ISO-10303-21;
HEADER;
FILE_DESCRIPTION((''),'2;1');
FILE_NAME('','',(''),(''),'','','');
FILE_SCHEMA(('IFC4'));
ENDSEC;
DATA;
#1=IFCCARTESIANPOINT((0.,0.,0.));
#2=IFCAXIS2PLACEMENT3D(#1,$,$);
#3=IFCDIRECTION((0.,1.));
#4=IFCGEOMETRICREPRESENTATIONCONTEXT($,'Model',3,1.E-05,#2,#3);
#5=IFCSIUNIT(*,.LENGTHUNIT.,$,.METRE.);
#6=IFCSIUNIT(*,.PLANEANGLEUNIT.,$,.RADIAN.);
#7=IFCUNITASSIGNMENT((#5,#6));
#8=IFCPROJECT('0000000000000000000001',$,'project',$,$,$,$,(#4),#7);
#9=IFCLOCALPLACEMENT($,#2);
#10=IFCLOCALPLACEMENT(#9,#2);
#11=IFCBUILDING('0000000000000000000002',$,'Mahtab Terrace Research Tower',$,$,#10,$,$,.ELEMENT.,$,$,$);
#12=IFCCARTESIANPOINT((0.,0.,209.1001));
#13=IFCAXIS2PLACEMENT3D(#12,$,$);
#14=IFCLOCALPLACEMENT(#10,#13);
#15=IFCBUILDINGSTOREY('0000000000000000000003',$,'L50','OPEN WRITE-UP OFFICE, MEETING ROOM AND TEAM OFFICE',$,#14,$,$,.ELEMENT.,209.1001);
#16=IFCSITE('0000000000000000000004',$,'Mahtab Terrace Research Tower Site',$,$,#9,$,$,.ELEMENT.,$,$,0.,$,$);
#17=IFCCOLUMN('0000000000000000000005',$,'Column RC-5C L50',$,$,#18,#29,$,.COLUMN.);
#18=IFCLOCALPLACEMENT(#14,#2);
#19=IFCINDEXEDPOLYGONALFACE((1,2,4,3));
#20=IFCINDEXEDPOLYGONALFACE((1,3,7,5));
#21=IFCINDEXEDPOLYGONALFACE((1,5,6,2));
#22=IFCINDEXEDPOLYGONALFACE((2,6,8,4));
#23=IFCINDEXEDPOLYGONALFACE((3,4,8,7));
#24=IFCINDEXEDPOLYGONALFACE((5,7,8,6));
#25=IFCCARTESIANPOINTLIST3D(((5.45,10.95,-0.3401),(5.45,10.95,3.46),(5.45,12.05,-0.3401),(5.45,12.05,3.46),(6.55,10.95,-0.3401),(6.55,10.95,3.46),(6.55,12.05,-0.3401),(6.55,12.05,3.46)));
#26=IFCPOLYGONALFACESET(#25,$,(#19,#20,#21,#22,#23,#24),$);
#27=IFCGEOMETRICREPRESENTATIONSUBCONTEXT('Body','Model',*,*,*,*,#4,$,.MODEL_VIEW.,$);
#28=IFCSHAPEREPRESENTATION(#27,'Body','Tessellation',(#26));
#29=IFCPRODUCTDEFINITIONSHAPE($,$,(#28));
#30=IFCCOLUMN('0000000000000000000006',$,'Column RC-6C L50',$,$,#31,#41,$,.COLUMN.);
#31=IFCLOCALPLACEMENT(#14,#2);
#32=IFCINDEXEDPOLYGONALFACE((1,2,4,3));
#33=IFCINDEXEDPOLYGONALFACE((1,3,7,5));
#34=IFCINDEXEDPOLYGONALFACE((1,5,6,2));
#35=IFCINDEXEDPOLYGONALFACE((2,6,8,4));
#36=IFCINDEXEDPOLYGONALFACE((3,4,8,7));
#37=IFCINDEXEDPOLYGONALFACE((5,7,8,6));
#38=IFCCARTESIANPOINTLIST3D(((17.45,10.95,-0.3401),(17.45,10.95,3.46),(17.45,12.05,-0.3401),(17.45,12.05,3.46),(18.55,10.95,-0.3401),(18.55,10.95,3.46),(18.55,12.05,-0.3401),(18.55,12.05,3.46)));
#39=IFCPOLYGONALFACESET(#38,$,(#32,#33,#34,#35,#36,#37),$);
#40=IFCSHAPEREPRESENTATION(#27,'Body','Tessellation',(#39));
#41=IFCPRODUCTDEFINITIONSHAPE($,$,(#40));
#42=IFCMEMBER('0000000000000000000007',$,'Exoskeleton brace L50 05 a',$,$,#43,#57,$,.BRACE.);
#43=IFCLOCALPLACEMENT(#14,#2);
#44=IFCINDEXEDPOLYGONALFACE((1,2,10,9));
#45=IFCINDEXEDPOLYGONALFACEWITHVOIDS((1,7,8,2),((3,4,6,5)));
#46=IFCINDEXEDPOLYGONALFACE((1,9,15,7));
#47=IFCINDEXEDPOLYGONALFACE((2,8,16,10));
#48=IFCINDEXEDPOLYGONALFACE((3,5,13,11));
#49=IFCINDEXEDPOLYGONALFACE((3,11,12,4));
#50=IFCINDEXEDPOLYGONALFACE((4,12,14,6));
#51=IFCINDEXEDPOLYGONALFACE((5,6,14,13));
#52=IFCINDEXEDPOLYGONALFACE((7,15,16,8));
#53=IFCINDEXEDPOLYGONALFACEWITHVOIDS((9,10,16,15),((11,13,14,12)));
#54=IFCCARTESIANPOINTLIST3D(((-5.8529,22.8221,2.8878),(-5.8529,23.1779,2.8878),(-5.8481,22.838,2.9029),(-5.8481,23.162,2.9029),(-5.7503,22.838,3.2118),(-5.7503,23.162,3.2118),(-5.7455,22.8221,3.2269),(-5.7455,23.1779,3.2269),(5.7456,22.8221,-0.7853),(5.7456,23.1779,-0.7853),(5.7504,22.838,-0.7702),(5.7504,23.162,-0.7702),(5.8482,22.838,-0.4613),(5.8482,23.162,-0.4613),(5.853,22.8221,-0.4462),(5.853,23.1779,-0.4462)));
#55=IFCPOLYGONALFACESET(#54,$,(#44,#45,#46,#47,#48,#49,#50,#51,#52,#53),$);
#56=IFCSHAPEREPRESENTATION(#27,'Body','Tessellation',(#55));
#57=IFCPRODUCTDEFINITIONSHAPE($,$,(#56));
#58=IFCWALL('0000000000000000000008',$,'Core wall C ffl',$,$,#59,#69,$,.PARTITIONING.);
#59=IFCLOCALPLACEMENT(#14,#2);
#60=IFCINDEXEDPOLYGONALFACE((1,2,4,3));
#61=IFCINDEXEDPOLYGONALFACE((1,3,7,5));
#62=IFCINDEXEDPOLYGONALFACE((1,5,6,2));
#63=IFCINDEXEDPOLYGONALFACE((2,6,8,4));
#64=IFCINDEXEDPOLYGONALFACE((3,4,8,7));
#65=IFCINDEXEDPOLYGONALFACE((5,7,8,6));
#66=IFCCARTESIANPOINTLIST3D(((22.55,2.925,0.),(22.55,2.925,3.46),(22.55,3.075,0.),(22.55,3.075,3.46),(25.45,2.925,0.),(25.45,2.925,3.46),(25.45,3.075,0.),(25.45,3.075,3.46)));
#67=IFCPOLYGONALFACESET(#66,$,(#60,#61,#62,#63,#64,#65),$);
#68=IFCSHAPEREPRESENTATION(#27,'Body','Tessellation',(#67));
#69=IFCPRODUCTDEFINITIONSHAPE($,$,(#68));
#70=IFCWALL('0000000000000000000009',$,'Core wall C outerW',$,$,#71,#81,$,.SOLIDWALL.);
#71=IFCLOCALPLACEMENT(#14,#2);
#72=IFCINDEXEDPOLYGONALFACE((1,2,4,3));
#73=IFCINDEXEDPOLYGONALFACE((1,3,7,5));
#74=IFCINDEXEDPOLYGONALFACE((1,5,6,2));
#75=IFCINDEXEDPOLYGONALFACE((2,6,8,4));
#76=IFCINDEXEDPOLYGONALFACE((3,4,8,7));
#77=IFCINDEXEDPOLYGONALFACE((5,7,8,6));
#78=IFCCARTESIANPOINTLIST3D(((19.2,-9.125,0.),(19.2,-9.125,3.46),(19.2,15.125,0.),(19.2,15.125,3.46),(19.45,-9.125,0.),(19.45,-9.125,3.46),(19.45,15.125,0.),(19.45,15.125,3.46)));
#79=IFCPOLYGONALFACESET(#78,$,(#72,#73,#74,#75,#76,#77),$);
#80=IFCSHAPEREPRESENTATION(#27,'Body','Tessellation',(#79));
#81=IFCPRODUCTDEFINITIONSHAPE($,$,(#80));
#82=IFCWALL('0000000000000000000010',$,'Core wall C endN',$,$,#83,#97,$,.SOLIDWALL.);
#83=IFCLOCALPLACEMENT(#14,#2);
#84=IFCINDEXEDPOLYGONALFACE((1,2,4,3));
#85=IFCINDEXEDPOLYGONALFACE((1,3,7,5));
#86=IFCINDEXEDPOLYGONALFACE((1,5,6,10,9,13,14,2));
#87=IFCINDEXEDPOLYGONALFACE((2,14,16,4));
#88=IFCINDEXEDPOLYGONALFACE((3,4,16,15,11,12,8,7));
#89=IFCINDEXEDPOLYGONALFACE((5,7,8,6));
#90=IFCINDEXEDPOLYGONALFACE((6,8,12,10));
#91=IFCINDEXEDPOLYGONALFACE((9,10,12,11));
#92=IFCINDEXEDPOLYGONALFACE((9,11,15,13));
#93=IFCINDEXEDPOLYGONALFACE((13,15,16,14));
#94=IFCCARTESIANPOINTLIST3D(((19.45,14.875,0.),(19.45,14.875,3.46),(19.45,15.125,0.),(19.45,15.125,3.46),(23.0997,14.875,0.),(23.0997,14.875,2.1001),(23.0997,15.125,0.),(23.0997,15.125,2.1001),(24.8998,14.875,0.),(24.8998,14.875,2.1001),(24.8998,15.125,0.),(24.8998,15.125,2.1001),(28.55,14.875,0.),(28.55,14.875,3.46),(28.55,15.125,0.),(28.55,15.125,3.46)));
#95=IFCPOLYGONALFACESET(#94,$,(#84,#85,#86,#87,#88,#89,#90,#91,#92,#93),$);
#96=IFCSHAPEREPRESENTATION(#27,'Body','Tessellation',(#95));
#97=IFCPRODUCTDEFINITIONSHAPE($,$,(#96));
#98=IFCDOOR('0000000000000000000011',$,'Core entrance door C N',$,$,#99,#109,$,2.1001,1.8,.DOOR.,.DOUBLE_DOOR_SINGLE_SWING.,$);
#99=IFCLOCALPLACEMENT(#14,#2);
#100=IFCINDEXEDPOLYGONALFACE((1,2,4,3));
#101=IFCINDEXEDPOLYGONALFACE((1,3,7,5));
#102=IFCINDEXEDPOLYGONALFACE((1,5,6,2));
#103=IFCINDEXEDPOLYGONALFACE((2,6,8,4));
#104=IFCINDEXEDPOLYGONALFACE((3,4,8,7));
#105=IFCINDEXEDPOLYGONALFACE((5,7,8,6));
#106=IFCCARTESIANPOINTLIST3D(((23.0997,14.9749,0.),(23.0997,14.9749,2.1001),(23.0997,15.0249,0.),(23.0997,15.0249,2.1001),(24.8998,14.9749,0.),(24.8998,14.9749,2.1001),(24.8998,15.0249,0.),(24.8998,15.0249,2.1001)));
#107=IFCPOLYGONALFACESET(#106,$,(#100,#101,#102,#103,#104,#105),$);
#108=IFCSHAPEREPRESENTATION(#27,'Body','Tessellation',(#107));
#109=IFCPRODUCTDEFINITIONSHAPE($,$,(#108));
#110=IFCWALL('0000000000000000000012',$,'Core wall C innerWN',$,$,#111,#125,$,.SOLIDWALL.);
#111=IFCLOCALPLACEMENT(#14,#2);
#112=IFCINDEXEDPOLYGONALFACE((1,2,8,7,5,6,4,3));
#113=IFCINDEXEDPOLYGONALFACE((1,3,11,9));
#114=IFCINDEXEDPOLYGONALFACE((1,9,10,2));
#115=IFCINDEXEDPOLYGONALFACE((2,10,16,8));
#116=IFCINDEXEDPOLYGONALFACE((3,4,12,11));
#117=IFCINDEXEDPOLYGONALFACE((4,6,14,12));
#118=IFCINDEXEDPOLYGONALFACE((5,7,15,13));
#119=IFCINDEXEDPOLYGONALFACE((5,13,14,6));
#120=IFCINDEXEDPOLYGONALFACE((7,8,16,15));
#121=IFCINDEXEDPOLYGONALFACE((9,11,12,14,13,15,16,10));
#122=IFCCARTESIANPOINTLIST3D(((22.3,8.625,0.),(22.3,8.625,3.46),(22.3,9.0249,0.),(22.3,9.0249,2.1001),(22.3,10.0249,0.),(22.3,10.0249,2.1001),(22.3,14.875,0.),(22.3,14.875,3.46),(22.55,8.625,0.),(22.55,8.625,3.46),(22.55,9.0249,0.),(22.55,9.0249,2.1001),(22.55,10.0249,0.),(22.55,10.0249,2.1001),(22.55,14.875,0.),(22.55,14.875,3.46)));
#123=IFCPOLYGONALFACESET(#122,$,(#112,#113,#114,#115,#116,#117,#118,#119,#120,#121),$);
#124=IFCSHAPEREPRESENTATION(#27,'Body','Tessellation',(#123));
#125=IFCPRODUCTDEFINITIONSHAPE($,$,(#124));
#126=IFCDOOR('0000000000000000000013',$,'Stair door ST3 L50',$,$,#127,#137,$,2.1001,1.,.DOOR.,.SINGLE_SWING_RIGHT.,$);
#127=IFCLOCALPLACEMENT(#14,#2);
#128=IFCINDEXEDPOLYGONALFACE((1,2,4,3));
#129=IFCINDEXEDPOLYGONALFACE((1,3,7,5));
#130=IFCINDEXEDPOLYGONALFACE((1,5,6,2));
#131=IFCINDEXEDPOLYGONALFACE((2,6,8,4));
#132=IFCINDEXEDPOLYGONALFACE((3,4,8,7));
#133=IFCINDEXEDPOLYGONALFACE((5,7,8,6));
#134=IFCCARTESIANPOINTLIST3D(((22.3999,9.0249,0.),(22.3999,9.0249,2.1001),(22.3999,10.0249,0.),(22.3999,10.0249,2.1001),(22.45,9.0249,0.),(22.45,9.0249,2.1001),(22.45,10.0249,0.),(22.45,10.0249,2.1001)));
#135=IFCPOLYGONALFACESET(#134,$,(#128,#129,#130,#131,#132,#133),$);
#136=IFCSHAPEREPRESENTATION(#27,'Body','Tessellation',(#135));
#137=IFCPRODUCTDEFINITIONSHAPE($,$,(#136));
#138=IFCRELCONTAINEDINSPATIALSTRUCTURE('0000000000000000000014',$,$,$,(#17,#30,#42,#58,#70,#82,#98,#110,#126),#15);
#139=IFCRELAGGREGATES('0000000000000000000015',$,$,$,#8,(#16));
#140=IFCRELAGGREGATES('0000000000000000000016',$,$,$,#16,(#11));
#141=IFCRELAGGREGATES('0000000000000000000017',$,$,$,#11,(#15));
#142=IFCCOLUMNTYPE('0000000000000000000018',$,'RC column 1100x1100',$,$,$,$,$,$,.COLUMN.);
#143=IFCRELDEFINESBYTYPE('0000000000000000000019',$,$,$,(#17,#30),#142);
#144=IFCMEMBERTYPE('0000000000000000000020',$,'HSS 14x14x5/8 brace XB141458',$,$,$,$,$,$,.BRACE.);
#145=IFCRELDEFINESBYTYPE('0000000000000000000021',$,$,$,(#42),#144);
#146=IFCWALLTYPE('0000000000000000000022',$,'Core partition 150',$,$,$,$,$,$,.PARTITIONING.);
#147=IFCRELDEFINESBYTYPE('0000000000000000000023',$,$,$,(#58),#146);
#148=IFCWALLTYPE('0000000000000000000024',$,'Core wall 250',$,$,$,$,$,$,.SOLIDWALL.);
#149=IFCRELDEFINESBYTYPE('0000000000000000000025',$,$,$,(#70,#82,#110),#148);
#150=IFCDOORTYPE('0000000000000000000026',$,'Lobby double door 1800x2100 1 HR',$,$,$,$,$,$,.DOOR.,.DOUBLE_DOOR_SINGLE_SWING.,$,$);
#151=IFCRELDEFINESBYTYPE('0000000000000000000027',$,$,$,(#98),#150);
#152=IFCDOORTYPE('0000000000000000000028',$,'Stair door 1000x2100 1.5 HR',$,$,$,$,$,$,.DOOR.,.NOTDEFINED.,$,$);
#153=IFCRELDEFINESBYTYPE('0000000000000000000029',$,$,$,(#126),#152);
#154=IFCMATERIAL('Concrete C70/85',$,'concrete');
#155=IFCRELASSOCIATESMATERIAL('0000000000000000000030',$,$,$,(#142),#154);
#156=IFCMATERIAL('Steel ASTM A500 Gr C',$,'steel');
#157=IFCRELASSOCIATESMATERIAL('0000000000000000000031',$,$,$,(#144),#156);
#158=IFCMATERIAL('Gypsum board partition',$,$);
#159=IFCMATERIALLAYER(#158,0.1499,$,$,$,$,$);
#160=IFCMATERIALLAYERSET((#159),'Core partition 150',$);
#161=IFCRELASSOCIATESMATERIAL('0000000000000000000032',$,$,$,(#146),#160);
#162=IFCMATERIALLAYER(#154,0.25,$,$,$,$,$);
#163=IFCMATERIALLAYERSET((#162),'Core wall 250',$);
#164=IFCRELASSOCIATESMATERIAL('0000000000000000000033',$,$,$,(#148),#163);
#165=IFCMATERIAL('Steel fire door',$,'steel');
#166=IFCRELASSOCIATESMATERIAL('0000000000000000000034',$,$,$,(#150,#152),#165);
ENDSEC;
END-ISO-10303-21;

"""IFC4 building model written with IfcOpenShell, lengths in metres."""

from ifc_helpers import new_model, si_unit, direction, frame, frame_2d, origin, origin_2d, place, context, subcontext, project, spatial, rectangle, hollow_rectangle, extrude, material, layer, layer_set, material_profile, profile_set, type_object, element, fill, save


model = new_model("IFC4")

# Units and contexts
model_context = context("Model", 3, precision=1e-05, world=origin(), true_north=direction((0.0, 1.0)))
body_context = subcontext(model_context, "Body", "Model", "MODEL_VIEW")
ifc_project = project(units=[si_unit("LENGTHUNIT", "METRE"), si_unit("PLANEANGLEUNIT", "RADIAN")], contexts=[model_context])

# Site, building, storey
site_placement = place(None, origin())
site = spatial("IfcSite", under=ifc_project, at=site_placement, Name="Mahtab Terrace Research Tower Site", CompositionType="ELEMENT", RefElevation=0.0)
building_placement = place(site_placement, origin())
building = spatial("IfcBuilding", under=site, at=building_placement, Name="Mahtab Terrace Research Tower", CompositionType="ELEMENT")
storey_placement = place(building_placement, frame((0.0, 0.0, 209.1001)))
storey = spatial("IfcBuildingStorey", under=building, at=storey_placement, Name="L50", Description="OPEN WRITE-UP OFFICE, MEETING ROOM AND TEAM OFFICE", CompositionType="ELEMENT", Elevation=209.1001)

# Columns
ifc_material_1 = material(Name="Concrete C70/85", Category="concrete")
ifc_material_profile_1 = material_profile(ifc_material_1, rectangle(XDim=1.1001, YDim=1.1001, at=origin_2d()), Name="RC column 1100x1100")
ifc_profile_set_1 = profile_set([ifc_material_profile_1], Name="Concrete C70/85")
column_type = type_object("IfcColumnType", Name="RC column 1100x1100", PredefinedType="COLUMN", material=ifc_profile_set_1)
for number, where, z_axis, x_axis, name in (
    (1, (6.0, 11.5, -0.3401), (0.0, 0.0, 1.0), (1.0, 0.0, 0.0), "Column RC-5C L50"),
    (2, (18.0, 11.5, -0.3401), (0.0, 0.0, 1.0), (1.0, 0.0, 0.0), "Column RC-6C L50"),
):
    element("IfcColumn", number, at=place(storey_placement, frame(where, z_axis=z_axis, x_axis=x_axis)), inside=storey, type_object=column_type, Name=name, PredefinedType="COLUMN", context=body_context, shape_type="SweptSolid", body=[
        extrude(rectangle(XDim=1.1001, YDim=1.1001, at=origin_2d()), origin(), (0.0, 0.0, 1.0), 3.8),
    ])

# Member
ifc_material_2 = material(Name="Steel ASTM A500 Gr C", Category="steel")
ifc_material_profile_2 = material_profile(ifc_material_2, hollow_rectangle(XDim=0.3557, YDim=0.3557, WallThickness=0.0159, at=origin_2d()), Name="HSS14X14X5/8")
ifc_profile_set_2 = profile_set([ifc_material_profile_2], Name="Steel ASTM A500 Gr C")
member_type = type_object("IfcMemberType", Name="HSS 14x14x5/8 brace XB141458", PredefinedType="BRACE", material=ifc_profile_set_2)
member_placement = place(storey_placement, frame((5.7993, 23.0, -0.6157), z_axis=(-0.953338, 0.0, 0.301906), x_axis=(0.0, -1.0, 0.0)))
element("IfcMember", 3, at=member_placement, inside=storey, type_object=member_type, Name="Exoskeleton brace L50 05 a", PredefinedType="BRACE", context=body_context, shape_type="SweptSolid", body=[
    extrude(hollow_rectangle(XDim=0.3557, YDim=0.3557, WallThickness=0.0159, at=origin_2d()), origin(), (0.0, 0.0, 1.0), 12.1663),
])

# Walls
ifc_material_3 = material(Name="Gypsum board partition")
ifc_layer_1 = layer(ifc_material_3, 0.1499)
ifc_layer_set_1 = layer_set([ifc_layer_1], Name="Core partition 150")
wall_type_1 = type_object("IfcWallType", Name="Core partition 150", PredefinedType="PARTITIONING", material=ifc_layer_set_1)
wall_1_placement = place(storey_placement, frame((22.55, 3.0, 0.0), z_axis=(0.0, 0.0, 1.0), x_axis=(1.0, 0.0, 0.0)))
element("IfcWall", 4, at=wall_1_placement, inside=storey, type_object=wall_type_1, Name="Core wall C ffl", PredefinedType="PARTITIONING", context=body_context, shape_type="SweptSolid", body=[
    extrude(rectangle(XDim=2.8999, YDim=0.1499, at=frame_2d((1.45, 0.0))), origin(), (0.0, 0.0, 1.0), 3.46),
])
ifc_layer_2 = layer(ifc_material_1, 0.25)
ifc_layer_set_2 = layer_set([ifc_layer_2], Name="Core wall 250")
wall_type_2 = type_object("IfcWallType", Name="Core wall 250", PredefinedType="SOLIDWALL", material=ifc_layer_set_2)
wall_2_placement = place(storey_placement, frame((19.325, 15.125, 0.0), z_axis=(0.0, 0.0, 1.0), x_axis=(0.0, -1.0, 0.0)))
element("IfcWall", 5, at=wall_2_placement, inside=storey, type_object=wall_type_2, Name="Core wall C outerW", PredefinedType="SOLIDWALL", context=body_context, shape_type="SweptSolid", body=[
    extrude(rectangle(XDim=24.25, YDim=0.25, at=frame_2d((12.125, 0.0))), origin(), (0.0, 0.0, 1.0), 3.46),
])

# Walls, openings, doors
wall_3_placement = place(storey_placement, frame((19.45, 15.0, 0.0), z_axis=(0.0, 0.0, 1.0), x_axis=(1.0, 0.0, 0.0)))
wall_3 = element("IfcWall", 6, at=wall_3_placement, inside=storey, type_object=wall_type_2, Name="Core wall C endN", PredefinedType="SOLIDWALL", context=body_context, shape_type="SweptSolid", body=[
    extrude(rectangle(XDim=9.1001, YDim=0.25, at=frame_2d((4.55, 0.0))), origin(), (0.0, 0.0, 1.0), 3.46),
])
opening_1_placement = place(wall_3_placement, frame((3.6499, 0.0, 0.0)))
opening_1 = element("IfcOpeningElement", 7, at=opening_1_placement, cuts=wall_3, PredefinedType="OPENING", context=body_context, shape_type="SweptSolid", body=[
    extrude(rectangle(XDim=1.8, YDim=2.1001, at=frame_2d((0.8999, 1.05))), frame((0.0, 0.135, 0.0), z_axis=(0.0, -1.0, 0.0), x_axis=(1.0, 0.0, 0.0)), (0.0, 0.0, 1.0), 0.27),
])
ifc_material_4 = material(Name="Steel fire door", Category="steel")
door_type_1 = type_object("IfcDoorType", Name="Lobby double door 1800x2100 1 HR", OperationType="DOUBLE_DOOR_SINGLE_SWING", PredefinedType="DOOR", material=ifc_material_4)
door_1_placement = place(opening_1_placement, origin())
door_1 = element("IfcDoor", 8, at=door_1_placement, inside=storey, type_object=door_type_1, Name="Core entrance door C N", OperationType="DOUBLE_DOOR_SINGLE_SWING", OverallHeight=2.1001, OverallWidth=1.8, PredefinedType="DOOR", context=body_context, shape_type="SweptSolid", body=[
    extrude(rectangle(XDim=1.8, YDim=2.1001, at=frame_2d((0.8999, 1.05))), frame((0.0, 0.0249, 0.0), z_axis=(0.0, -1.0, 0.0), x_axis=(1.0, 0.0, 0.0)), (0.0, 0.0, 1.0), 0.05),
])
fill(opening_1, door_1)
wall_4_placement = place(storey_placement, frame((22.425, 14.875, 0.0), z_axis=(0.0, 0.0, 1.0), x_axis=(0.0, -1.0, 0.0)))
wall_4 = element("IfcWall", 9, at=wall_4_placement, inside=storey, type_object=wall_type_2, Name="Core wall C innerWN", PredefinedType="SOLIDWALL", context=body_context, shape_type="SweptSolid", body=[
    extrude(rectangle(XDim=6.25, YDim=0.25, at=frame_2d((3.125, 0.0))), origin(), (0.0, 0.0, 1.0), 3.46),
])
opening_2_placement = place(wall_4_placement, frame((4.8501, 0.0, 0.0)))
opening_2 = element("IfcOpeningElement", 10, at=opening_2_placement, cuts=wall_4, PredefinedType="OPENING", context=body_context, shape_type="SweptSolid", body=[
    extrude(rectangle(XDim=1.0, YDim=2.1001, at=frame_2d((0.5, 1.05))), frame((0.0, 0.135, 0.0), z_axis=(0.0, -1.0, 0.0), x_axis=(1.0, 0.0, 0.0)), (0.0, 0.0, 1.0), 0.27),
])
door_type_2 = type_object("IfcDoorType", Name="Stair door 1000x2100 1.5 HR", OperationType="NOTDEFINED", PredefinedType="DOOR", material=ifc_material_4)
door_2_placement = place(opening_2_placement, origin())
door_2 = element("IfcDoor", 11, at=door_2_placement, inside=storey, type_object=door_type_2, Name="Stair door ST3 L50", OperationType="SINGLE_SWING_RIGHT", OverallHeight=2.1001, OverallWidth=1.0, PredefinedType="DOOR", context=body_context, shape_type="SweptSolid", body=[
    extrude(rectangle(XDim=1.0, YDim=2.1001, at=frame_2d((0.5, 1.05))), frame((0.0, 0.0249, 0.0), z_axis=(0.0, -1.0, 0.0), x_axis=(1.0, 0.0, 0.0)), (0.0, 0.0, 1.0), 0.05),
])
fill(opening_2, door_2)

save(model, "model.ifc")
